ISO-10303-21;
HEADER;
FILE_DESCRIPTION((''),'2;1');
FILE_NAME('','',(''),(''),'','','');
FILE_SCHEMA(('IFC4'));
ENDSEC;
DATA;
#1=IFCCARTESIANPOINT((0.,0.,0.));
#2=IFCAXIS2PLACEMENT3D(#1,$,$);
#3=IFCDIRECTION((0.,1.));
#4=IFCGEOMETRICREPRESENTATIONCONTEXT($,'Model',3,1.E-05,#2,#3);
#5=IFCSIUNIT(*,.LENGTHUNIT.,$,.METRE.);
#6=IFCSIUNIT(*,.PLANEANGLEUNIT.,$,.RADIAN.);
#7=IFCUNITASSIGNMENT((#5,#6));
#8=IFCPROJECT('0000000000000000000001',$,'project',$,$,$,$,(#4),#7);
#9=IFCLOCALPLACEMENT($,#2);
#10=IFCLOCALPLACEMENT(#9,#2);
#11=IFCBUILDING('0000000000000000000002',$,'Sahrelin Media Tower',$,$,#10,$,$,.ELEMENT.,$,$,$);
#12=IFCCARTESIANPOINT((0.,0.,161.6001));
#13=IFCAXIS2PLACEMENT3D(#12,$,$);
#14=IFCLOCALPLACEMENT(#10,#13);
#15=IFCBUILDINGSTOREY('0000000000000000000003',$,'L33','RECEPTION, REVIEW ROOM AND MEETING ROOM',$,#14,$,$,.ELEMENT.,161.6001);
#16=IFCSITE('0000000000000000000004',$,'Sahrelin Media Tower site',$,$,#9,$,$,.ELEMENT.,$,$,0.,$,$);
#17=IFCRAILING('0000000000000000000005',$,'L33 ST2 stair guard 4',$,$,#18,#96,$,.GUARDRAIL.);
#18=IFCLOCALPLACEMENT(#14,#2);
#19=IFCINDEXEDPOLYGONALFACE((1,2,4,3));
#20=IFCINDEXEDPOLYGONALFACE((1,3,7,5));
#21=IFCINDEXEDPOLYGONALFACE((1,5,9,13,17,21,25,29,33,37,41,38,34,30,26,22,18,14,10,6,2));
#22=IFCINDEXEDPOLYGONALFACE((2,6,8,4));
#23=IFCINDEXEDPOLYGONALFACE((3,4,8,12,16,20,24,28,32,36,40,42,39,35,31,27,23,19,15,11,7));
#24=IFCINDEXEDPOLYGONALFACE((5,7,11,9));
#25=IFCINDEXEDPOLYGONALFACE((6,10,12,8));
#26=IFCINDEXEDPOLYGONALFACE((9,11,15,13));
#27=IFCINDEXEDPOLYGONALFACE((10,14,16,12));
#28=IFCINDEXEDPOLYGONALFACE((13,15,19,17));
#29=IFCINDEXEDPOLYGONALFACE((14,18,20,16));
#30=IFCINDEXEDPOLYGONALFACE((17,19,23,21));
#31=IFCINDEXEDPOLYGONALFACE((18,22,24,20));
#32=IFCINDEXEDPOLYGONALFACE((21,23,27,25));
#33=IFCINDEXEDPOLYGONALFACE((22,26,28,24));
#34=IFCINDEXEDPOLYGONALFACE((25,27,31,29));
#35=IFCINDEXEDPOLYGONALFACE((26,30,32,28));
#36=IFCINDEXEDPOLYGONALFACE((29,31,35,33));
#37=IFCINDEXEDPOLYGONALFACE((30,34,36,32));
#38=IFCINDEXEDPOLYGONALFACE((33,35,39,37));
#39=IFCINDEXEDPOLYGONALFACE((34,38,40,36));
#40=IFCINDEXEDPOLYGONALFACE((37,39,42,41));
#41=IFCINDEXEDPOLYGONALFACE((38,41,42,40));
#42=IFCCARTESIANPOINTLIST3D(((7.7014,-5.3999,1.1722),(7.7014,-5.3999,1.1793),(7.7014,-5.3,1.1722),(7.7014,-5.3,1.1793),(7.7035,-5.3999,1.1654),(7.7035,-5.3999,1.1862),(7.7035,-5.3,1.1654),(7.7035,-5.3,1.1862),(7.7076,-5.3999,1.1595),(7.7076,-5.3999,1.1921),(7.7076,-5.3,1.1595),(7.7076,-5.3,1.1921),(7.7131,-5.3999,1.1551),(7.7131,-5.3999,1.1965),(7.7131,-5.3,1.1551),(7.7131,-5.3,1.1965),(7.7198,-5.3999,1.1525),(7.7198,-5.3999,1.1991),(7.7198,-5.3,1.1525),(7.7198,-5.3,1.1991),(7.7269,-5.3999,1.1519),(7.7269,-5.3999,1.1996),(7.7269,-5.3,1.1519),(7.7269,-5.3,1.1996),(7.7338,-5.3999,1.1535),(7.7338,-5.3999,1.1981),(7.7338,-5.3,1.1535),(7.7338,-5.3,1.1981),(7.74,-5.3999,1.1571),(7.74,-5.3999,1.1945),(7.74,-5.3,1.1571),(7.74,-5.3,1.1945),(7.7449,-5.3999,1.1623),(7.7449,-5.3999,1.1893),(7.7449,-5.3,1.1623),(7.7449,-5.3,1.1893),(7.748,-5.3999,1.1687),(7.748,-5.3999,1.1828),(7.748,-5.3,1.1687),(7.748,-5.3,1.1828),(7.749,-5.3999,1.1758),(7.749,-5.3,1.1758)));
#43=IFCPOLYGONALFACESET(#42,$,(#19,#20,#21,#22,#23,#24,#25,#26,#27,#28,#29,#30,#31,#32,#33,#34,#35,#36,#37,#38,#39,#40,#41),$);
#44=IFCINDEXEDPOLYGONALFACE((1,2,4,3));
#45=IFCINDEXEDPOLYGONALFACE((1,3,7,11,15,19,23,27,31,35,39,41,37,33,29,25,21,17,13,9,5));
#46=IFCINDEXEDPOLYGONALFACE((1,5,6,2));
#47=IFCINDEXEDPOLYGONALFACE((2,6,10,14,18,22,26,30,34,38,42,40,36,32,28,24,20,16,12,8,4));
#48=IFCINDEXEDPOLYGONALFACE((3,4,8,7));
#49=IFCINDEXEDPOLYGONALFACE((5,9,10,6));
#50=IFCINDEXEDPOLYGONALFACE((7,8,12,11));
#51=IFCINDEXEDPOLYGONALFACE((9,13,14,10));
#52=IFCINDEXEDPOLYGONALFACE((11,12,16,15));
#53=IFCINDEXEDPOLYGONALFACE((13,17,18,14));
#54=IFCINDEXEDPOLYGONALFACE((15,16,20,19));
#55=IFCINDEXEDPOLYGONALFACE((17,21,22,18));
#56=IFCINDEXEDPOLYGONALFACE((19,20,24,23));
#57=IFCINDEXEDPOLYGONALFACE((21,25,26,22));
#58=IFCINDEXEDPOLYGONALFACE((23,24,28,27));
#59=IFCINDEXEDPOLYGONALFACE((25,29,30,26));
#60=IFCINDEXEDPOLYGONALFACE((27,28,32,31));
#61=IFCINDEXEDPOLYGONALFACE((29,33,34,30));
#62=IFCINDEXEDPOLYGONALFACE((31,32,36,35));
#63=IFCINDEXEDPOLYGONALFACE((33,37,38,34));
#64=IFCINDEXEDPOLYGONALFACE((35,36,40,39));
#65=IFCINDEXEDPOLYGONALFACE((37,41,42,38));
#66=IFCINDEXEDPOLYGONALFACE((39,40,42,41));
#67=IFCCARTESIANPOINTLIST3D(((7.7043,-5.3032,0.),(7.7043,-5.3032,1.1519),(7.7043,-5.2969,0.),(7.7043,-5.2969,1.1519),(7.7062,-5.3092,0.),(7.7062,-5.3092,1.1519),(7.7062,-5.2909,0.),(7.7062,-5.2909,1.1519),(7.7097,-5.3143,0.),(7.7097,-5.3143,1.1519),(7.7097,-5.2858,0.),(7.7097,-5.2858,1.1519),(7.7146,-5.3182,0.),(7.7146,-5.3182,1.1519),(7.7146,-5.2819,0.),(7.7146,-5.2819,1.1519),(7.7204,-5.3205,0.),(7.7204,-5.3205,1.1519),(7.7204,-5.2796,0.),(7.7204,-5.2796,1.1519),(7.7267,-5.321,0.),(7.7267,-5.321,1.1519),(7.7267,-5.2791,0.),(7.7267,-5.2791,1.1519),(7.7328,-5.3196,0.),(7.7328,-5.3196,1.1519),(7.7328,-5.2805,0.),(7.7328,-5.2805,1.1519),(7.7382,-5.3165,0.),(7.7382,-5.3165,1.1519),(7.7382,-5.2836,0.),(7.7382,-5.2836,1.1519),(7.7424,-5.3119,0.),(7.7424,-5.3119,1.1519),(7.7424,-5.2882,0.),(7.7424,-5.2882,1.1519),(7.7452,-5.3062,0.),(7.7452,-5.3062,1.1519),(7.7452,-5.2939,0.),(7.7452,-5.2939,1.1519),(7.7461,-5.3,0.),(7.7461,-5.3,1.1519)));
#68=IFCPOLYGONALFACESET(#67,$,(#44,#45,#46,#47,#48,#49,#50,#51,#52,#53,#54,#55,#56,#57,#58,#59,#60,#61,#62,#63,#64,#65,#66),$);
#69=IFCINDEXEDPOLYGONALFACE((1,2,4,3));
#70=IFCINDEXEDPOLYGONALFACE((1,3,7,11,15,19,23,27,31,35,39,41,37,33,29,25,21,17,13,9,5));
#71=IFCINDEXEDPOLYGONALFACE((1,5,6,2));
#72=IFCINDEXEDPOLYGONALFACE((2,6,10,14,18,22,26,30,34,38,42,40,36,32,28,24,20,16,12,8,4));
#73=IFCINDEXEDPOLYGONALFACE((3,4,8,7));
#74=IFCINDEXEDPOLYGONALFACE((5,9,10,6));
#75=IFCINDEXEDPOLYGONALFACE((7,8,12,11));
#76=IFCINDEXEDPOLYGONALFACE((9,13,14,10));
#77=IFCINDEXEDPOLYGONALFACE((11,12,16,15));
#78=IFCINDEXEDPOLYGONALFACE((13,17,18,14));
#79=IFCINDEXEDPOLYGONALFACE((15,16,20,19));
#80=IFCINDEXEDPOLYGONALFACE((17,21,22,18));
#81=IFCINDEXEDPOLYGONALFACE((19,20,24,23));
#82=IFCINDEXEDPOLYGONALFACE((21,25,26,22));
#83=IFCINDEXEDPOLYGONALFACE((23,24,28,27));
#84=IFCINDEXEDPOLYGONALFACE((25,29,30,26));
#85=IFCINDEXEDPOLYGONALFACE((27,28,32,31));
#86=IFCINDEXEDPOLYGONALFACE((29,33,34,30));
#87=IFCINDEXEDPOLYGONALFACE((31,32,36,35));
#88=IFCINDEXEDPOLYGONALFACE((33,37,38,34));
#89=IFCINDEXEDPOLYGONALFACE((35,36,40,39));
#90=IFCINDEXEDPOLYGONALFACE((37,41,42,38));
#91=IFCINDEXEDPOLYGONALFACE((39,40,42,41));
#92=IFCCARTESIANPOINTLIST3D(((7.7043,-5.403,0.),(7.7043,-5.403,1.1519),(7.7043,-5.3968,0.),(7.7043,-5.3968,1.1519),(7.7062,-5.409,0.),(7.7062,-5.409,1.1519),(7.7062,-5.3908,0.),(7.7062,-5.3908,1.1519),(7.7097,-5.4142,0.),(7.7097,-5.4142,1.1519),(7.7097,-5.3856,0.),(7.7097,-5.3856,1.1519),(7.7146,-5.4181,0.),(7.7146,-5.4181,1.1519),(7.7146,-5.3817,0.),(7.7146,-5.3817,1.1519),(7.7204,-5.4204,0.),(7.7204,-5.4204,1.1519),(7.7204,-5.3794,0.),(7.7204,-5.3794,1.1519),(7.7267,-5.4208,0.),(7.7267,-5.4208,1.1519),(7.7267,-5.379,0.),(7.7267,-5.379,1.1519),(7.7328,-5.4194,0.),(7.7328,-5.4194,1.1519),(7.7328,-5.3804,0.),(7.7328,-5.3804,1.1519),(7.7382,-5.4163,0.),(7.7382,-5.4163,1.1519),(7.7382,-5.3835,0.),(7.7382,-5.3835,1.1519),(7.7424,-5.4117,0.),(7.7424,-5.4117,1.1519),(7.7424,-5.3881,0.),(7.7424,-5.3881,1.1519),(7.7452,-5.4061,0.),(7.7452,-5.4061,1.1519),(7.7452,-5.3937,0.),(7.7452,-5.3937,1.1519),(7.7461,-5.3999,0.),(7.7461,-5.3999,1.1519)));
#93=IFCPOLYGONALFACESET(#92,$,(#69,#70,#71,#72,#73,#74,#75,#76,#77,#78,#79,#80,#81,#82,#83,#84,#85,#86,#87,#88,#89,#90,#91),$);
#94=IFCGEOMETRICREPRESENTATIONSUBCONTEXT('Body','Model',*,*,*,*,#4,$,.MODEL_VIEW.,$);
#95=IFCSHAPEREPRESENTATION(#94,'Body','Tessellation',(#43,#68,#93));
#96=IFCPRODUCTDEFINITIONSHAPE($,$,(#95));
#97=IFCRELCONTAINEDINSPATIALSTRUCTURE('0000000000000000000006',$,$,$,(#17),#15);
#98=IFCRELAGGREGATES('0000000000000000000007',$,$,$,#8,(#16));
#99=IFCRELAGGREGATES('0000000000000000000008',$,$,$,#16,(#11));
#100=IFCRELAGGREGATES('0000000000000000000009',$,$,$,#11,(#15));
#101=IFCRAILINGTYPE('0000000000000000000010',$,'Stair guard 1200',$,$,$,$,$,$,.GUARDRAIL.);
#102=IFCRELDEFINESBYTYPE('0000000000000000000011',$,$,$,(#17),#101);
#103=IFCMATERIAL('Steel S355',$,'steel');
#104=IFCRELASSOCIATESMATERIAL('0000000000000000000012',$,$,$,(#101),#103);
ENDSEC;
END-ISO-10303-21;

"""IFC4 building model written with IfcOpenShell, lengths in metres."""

from ifc_helpers import new_model, si_unit, direction, frame, origin, origin_2d, place, context, subcontext, project, spatial, circle, extrude, material, type_object, element, save


model = new_model("IFC4")

# Units and contexts
model_context = context("Model", 3, precision=1e-05, world=origin(), true_north=direction((0.0, 1.0)))
body_context = subcontext(model_context, "Body", "Model", "MODEL_VIEW")
ifc_project = project(units=[si_unit("LENGTHUNIT", "METRE"), si_unit("PLANEANGLEUNIT", "RADIAN")], contexts=[model_context])

# Site, building, storey
site_placement = place(None, origin())
site = spatial("IfcSite", under=ifc_project, at=site_placement, Name="Sahrelin Media Tower site", CompositionType="ELEMENT", RefElevation=0.0)
building_placement = place(site_placement, origin())
building = spatial("IfcBuilding", under=site, at=building_placement, Name="Sahrelin Media Tower", CompositionType="ELEMENT")
storey_placement = place(building_placement, frame((0.0, 0.0, 161.6001)))
storey = spatial("IfcBuildingStorey", under=building, at=storey_placement, Name="L33", Description="RECEPTION, REVIEW ROOM AND MEETING ROOM", CompositionType="ELEMENT", Elevation=161.6001)

# Shared definitions
ifc_material_1 = material(Name="Steel S355", Category="steel")

# Railing
railing_type_1 = type_object("IfcRailingType", Name="Stair guard 1200", PredefinedType="GUARDRAIL", material=ifc_material_1)
railing_1_placement = place(storey_placement, frame((7.7251, -5.3, 0.0)))
element("IfcRailing", 1, at=railing_1_placement, inside=storey, type_object=railing_type_1, Name="L33 ST2 stair guard 4", PredefinedType="GUARDRAIL", context=body_context, shape_type="SweptSolid", body=[
    extrude(circle(Radius=0.0239, at=origin_2d()), frame((0.0, 0.0, 1.1758), z_axis=(0.0, -1.0, 0.0), x_axis=(1.0, 0.0, 0.0)), (0.0, 0.0, 1.0), 0.0999),
    extrude(circle(Radius=0.021, at=origin_2d()), origin(), (0.0, 0.0, 1.0), 1.1519),
    extrude(circle(Radius=0.021, at=origin_2d()), frame((0.0, -0.0999, 0.0)), (0.0, 0.0, 1.0), 1.1519),
])

save(model, "model.ifc")
